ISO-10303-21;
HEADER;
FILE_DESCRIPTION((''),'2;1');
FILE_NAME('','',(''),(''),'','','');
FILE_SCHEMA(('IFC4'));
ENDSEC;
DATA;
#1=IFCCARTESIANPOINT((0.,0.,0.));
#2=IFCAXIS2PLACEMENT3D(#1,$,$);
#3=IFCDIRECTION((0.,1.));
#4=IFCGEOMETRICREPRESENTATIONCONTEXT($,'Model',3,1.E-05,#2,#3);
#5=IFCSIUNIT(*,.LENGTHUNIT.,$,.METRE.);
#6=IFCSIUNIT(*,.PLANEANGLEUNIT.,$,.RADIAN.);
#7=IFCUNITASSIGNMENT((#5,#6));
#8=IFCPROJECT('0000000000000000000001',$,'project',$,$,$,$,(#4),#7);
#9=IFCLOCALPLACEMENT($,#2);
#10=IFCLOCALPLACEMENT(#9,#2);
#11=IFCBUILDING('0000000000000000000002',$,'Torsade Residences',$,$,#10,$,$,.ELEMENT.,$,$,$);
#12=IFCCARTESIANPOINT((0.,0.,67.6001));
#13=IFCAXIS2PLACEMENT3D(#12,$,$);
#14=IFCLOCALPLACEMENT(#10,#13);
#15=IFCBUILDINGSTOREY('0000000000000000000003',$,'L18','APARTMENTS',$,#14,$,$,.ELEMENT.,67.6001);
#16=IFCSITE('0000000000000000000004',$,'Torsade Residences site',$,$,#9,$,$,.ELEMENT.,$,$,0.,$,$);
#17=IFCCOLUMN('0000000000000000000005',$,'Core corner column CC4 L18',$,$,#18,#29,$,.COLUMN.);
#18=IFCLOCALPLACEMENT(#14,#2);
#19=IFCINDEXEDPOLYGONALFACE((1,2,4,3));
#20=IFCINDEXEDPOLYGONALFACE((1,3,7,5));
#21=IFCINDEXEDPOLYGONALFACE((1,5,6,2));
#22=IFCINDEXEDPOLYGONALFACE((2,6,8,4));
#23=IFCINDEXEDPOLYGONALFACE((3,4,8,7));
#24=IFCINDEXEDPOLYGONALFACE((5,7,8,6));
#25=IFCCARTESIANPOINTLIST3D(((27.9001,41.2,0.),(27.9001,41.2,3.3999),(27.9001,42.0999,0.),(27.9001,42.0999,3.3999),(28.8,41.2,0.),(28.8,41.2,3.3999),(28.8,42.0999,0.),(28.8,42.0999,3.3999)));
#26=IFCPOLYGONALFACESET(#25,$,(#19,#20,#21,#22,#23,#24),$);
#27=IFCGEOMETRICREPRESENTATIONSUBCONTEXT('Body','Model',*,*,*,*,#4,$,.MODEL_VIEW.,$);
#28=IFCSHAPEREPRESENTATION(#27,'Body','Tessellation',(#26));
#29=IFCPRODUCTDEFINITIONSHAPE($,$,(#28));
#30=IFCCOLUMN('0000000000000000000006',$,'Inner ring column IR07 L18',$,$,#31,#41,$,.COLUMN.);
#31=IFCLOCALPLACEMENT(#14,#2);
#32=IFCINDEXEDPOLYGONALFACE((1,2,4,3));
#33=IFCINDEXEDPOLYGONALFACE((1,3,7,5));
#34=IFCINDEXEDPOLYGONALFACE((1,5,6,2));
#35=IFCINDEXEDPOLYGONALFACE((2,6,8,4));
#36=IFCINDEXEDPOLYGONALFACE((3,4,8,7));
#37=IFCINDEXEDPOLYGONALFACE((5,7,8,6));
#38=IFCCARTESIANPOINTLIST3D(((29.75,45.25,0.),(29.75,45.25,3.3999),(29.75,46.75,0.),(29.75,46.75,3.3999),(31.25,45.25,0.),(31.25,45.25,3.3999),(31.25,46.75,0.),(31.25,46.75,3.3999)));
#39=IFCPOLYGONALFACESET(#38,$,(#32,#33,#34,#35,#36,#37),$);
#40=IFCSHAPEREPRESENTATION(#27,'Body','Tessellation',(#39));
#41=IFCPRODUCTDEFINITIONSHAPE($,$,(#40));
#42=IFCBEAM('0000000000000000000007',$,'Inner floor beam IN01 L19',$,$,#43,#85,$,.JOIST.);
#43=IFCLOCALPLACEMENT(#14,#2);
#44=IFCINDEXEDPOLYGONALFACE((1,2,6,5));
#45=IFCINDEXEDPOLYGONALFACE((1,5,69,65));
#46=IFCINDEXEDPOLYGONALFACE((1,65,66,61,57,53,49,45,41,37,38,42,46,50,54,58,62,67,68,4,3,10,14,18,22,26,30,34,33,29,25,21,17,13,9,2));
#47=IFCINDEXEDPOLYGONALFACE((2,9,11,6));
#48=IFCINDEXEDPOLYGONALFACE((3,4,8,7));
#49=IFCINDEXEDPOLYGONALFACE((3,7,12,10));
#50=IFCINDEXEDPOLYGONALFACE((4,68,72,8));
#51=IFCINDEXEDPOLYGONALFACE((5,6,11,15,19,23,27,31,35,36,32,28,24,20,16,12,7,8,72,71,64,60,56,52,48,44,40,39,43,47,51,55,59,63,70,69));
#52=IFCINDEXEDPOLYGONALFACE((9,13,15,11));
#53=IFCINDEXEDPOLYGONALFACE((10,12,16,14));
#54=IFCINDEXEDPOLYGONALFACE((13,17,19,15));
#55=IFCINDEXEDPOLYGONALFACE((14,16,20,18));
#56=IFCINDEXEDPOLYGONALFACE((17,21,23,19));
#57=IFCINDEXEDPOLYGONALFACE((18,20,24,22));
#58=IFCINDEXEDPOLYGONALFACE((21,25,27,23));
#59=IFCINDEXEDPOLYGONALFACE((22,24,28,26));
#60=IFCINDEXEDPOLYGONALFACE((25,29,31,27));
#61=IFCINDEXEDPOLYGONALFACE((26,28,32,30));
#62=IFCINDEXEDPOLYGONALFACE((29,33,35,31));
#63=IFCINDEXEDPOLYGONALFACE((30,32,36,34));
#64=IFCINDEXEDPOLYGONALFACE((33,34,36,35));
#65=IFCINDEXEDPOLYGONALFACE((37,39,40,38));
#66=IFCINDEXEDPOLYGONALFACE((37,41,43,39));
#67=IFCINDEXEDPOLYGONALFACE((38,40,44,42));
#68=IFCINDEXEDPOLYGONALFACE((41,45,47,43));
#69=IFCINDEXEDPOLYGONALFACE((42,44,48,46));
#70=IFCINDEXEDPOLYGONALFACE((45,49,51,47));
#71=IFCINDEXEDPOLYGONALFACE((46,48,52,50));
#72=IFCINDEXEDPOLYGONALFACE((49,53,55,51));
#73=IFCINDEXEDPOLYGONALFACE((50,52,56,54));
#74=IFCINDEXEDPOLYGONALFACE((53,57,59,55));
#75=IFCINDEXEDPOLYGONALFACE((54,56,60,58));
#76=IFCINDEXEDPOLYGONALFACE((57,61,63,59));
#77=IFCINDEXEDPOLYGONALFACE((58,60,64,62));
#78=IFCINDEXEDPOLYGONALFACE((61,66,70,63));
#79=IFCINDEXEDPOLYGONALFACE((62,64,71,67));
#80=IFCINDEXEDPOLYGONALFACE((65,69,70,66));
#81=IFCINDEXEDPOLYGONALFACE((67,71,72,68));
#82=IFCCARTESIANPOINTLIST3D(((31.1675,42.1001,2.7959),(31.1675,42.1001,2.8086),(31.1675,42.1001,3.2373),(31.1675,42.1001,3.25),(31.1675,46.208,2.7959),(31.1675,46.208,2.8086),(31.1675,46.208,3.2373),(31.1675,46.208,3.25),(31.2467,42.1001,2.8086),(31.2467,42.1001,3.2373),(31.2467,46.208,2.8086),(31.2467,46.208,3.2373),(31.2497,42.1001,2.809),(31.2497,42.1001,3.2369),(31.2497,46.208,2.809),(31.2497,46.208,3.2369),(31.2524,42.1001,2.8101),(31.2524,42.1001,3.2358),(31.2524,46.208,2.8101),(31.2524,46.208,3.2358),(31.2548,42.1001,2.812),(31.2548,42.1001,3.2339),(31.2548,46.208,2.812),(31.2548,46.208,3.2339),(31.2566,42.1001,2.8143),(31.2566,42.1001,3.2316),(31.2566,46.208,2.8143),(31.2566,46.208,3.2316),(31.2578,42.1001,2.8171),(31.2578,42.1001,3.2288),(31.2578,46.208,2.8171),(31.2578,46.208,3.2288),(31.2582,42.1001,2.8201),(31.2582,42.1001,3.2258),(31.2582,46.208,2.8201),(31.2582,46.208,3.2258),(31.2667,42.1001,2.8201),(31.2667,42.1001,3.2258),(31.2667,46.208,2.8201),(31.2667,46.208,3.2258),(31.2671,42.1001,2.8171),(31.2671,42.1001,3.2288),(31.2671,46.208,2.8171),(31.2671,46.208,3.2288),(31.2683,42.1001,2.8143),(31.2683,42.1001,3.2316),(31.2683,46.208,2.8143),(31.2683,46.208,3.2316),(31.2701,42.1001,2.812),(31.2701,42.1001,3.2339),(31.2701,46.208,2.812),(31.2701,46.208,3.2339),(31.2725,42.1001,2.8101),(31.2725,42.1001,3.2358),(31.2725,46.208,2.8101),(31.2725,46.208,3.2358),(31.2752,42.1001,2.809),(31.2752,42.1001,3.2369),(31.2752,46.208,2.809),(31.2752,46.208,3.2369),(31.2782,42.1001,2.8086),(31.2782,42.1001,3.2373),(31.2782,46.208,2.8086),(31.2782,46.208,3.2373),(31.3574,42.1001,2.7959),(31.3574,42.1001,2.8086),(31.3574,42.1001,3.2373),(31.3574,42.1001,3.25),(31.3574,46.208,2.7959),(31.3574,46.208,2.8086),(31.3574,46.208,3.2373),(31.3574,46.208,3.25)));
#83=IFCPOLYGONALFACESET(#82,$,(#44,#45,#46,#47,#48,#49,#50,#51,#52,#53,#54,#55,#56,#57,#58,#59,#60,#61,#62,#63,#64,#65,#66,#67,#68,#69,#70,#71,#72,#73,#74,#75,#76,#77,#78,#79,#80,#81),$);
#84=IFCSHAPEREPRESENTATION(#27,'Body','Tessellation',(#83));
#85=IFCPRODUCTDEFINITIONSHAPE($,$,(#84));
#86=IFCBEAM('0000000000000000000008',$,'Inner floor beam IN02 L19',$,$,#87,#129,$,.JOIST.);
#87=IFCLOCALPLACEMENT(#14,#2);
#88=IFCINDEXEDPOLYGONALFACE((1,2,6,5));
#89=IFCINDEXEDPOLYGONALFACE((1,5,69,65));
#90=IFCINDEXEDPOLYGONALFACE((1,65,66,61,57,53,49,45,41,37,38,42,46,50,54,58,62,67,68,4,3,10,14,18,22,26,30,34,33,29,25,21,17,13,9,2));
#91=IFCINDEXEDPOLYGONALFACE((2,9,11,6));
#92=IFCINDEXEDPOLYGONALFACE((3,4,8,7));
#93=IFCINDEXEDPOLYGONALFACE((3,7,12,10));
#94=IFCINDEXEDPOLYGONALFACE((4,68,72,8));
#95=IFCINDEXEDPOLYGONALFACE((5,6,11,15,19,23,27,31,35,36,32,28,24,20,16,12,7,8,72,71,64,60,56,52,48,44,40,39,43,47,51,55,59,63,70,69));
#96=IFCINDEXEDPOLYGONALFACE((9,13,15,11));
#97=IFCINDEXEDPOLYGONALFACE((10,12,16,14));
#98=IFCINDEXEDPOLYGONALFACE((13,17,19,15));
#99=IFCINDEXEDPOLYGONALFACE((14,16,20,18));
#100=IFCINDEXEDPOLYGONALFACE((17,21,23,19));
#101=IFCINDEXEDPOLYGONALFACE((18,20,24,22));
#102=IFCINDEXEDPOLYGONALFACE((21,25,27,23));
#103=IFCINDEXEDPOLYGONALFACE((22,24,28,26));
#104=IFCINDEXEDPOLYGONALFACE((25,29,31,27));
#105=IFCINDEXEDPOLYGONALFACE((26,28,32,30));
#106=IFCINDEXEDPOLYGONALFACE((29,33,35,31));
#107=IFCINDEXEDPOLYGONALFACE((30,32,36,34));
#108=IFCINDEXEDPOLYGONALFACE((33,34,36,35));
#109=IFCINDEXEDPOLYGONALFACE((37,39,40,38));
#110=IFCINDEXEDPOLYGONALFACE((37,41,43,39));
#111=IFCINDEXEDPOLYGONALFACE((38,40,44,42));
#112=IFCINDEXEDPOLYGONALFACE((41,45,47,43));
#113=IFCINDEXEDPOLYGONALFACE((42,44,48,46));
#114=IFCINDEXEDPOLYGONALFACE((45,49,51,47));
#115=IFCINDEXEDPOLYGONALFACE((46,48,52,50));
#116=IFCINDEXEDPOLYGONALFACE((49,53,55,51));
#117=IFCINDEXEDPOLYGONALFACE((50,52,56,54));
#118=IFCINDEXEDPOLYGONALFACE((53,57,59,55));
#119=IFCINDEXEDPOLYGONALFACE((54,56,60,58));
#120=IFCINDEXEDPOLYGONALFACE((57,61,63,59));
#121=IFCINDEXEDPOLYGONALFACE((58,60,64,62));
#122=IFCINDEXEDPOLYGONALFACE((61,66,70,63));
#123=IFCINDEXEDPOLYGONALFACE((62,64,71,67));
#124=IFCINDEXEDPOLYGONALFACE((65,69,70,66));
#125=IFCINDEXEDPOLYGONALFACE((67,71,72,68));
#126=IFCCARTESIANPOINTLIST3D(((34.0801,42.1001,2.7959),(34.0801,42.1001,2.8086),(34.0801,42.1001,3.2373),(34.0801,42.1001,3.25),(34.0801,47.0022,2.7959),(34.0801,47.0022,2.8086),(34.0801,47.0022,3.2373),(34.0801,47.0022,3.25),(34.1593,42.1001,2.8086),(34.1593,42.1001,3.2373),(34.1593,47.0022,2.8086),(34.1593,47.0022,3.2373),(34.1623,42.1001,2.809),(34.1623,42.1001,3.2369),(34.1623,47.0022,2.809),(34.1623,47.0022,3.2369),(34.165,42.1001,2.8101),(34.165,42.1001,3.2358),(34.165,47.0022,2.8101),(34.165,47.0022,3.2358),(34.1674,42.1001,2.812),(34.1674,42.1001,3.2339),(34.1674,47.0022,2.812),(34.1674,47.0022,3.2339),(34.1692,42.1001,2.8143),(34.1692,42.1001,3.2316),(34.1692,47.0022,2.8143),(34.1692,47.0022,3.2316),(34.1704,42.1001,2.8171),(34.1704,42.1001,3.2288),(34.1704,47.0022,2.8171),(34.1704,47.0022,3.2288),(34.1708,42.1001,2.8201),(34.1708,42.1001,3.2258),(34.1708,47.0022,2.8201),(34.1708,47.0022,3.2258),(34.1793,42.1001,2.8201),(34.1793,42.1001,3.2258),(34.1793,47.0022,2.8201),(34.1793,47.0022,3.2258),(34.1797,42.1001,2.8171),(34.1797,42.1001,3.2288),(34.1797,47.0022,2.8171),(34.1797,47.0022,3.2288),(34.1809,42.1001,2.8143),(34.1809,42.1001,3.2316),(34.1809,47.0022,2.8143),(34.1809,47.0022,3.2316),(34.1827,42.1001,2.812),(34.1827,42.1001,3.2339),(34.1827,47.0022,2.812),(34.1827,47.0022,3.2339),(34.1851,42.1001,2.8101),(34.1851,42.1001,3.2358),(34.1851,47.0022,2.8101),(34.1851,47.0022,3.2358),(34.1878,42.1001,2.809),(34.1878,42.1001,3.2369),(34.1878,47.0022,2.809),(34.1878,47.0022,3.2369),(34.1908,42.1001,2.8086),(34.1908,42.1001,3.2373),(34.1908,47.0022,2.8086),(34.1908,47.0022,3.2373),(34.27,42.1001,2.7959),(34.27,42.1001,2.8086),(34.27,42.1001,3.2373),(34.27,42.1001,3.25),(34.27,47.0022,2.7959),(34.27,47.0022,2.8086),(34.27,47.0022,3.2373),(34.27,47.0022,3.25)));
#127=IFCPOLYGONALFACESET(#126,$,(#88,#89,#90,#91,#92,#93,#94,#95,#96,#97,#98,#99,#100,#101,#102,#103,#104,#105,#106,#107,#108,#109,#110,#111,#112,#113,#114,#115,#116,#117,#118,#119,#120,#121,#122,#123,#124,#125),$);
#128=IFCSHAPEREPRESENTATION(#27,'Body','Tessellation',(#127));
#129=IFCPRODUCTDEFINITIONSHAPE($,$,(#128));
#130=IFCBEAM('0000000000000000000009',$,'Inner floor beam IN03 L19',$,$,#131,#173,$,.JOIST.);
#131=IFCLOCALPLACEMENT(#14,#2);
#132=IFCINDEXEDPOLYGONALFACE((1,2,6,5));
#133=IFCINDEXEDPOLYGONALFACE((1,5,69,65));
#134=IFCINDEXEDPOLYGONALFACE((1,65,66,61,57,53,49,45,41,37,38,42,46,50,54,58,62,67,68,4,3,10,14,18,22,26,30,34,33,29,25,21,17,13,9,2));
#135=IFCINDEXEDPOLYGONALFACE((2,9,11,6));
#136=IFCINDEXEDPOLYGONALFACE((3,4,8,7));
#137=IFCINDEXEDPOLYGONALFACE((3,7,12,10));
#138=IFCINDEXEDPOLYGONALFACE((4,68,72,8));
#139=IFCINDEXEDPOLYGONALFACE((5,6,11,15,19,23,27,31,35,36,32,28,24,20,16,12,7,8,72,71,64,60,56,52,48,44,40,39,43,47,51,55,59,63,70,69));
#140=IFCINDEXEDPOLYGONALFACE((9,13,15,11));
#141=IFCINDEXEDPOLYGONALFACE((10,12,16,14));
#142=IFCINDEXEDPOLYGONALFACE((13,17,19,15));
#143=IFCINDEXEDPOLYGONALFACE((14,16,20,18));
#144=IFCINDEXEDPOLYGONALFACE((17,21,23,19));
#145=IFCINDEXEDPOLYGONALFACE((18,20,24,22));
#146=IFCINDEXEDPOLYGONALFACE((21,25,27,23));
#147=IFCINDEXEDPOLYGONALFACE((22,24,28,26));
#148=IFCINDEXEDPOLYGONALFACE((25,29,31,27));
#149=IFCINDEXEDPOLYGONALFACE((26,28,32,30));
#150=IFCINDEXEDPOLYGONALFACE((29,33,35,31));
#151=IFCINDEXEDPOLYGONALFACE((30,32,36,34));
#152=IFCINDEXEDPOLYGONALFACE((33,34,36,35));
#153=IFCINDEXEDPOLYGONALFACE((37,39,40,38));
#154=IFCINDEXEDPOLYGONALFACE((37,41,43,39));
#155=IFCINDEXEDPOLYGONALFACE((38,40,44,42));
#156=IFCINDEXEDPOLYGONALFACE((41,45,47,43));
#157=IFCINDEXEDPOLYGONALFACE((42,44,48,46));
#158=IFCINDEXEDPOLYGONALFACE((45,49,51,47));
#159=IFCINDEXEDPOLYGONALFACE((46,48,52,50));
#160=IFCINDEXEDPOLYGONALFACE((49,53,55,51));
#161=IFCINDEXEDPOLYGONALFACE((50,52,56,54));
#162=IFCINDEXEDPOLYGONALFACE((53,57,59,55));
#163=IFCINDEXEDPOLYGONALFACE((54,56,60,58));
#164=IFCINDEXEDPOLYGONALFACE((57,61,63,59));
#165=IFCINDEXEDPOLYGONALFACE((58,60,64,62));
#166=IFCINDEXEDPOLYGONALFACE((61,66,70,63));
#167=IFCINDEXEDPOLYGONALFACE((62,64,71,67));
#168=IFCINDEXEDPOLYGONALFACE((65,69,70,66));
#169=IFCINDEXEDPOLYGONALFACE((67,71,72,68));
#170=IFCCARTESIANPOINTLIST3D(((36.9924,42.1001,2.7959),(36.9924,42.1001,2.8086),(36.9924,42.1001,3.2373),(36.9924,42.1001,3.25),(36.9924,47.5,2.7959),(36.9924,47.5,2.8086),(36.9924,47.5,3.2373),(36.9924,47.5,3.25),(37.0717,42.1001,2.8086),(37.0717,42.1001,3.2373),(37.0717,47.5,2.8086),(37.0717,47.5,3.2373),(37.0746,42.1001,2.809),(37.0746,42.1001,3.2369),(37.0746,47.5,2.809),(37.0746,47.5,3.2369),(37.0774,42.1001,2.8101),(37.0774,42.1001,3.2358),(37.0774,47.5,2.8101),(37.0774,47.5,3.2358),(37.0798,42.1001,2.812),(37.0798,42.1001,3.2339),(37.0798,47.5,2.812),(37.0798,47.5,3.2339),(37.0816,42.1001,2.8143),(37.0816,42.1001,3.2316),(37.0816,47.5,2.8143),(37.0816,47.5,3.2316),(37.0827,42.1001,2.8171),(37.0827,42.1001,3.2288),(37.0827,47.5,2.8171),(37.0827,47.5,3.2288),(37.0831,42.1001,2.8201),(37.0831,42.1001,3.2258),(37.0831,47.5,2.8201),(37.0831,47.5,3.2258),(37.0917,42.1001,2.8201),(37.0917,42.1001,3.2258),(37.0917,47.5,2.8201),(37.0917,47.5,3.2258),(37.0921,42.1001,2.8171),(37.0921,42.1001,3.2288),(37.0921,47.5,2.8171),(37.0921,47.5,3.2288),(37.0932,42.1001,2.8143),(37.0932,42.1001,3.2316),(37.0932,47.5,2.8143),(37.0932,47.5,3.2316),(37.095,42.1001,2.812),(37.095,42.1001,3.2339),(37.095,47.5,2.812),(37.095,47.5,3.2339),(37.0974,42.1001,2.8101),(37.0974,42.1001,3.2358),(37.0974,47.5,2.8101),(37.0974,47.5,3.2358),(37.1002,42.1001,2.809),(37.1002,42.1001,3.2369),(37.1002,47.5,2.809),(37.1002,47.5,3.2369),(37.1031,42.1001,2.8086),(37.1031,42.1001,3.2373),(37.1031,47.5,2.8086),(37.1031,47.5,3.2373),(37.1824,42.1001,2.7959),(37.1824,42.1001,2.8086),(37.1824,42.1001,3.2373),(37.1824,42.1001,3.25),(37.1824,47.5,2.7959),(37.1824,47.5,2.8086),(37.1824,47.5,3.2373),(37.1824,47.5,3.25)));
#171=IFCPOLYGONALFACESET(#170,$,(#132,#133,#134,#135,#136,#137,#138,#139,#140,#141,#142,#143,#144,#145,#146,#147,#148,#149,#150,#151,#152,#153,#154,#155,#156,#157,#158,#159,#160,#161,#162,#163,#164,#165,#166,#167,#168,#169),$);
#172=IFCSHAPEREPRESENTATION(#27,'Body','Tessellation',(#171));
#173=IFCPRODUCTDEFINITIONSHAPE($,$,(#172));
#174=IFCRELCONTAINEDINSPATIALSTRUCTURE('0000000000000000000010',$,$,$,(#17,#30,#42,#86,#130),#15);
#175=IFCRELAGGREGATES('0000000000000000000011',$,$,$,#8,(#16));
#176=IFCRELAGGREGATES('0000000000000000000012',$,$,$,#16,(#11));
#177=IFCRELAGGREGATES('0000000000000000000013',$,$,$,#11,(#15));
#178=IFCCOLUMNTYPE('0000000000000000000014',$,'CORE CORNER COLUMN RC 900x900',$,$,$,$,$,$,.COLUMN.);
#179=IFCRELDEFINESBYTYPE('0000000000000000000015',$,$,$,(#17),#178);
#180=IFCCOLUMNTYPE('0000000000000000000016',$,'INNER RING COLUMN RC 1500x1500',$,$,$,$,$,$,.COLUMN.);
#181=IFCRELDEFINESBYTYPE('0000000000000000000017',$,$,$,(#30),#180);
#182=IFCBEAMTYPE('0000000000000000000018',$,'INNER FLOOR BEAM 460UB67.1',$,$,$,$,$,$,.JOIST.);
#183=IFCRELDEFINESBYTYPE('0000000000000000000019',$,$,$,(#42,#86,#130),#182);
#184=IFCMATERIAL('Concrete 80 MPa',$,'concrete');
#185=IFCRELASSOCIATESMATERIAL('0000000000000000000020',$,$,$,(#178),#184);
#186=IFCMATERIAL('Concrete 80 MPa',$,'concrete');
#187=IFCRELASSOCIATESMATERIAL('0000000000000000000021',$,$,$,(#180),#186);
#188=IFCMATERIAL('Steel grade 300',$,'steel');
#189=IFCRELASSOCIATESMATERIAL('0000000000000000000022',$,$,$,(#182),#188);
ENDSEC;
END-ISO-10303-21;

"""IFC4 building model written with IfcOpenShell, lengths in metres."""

from ifc_helpers import new_model, si_unit, direction, frame, origin, origin_2d, place, context, subcontext, project, spatial, rectangle, i_section, extrude, material, material_profile, profile_set, type_object, element, save


model = new_model("IFC4")

# Units and contexts
model_context = context("Model", 3, precision=1e-05, world=origin(), true_north=direction((0.0, 1.0)))
body_context = subcontext(model_context, "Body", "Model", "MODEL_VIEW")
ifc_project = project(units=[si_unit("LENGTHUNIT", "METRE"), si_unit("PLANEANGLEUNIT", "RADIAN")], contexts=[model_context])

# Site, building, storey
site_placement = place(None, origin())
site = spatial("IfcSite", under=ifc_project, at=site_placement, Name="Torsade Residences site", CompositionType="ELEMENT", RefElevation=0.0)
building_placement = place(site_placement, origin())
building = spatial("IfcBuilding", under=site, at=building_placement, Name="Torsade Residences", CompositionType="ELEMENT")
storey_placement = place(building_placement, frame((0.0, 0.0, 67.6001)))
storey = spatial("IfcBuildingStorey", under=building, at=storey_placement, Name="L18", Description="APARTMENTS", CompositionType="ELEMENT", Elevation=67.6001)

# Columns
ifc_material_1 = material(Name="Concrete 80 MPa", Category="concrete")
ifc_material_profile_1 = material_profile(ifc_material_1, rectangle(XDim=0.8999, YDim=0.8999, at=origin_2d()), Name="RC 900x900")
ifc_profile_set_1 = profile_set([ifc_material_profile_1], Name="Concrete 80 MPa")
column_type_1 = type_object("IfcColumnType", Name="CORE CORNER COLUMN RC 900x900", PredefinedType="COLUMN", material=ifc_profile_set_1)
column_1_placement = place(storey_placement, frame((28.3501, 41.6499, 0.0), z_axis=(0.0, 0.0, 1.0), x_axis=(1.0, 0.0, 0.0)))
element("IfcColumn", 1, at=column_1_placement, inside=storey, type_object=column_type_1, Name="Core corner column CC4 L18", PredefinedType="COLUMN", context=body_context, shape_type="SweptSolid", body=[
    extrude(rectangle(XDim=0.8999, YDim=0.8999, at=origin_2d()), origin(), (0.0, 0.0, 1.0), 3.3999),
])
ifc_material_2 = material(Name="Concrete 80 MPa", Category="concrete")
ifc_material_profile_2 = material_profile(ifc_material_2, rectangle(XDim=1.5, YDim=1.5, at=origin_2d()), Name="RC 1500x1500")
ifc_profile_set_2 = profile_set([ifc_material_profile_2], Name="Concrete 80 MPa")
column_type_2 = type_object("IfcColumnType", Name="INNER RING COLUMN RC 1500x1500", PredefinedType="COLUMN", material=ifc_profile_set_2)
column_2_placement = place(storey_placement, frame((30.5, 46.0, 0.0), z_axis=(0.0, 0.0, 1.0), x_axis=(1.0, 0.0, 0.0)))
element("IfcColumn", 2, at=column_2_placement, inside=storey, type_object=column_type_2, Name="Inner ring column IR07 L18", PredefinedType="COLUMN", context=body_context, shape_type="SweptSolid", body=[
    extrude(rectangle(XDim=1.5, YDim=1.5, at=origin_2d()), origin(), (0.0, 0.0, 1.0), 3.3999),
])

# Beams
ifc_material_3 = material(Name="Steel grade 300", Category="steel")
ifc_material_profile_3 = material_profile(ifc_material_3, i_section(OverallWidth=0.1899, OverallDepth=0.4541, WebThickness=0.0085, FlangeThickness=0.0127, FilletRadius=0.0115, at=origin_2d()), Name="460UB67.1")
ifc_profile_set_3 = profile_set([ifc_material_profile_3], Name="Steel grade 300")
beam_type_1 = type_object("IfcBeamType", Name="INNER FLOOR BEAM 460UB67.1", PredefinedType="JOIST", material=ifc_profile_set_3)
beam_1_placement = place(storey_placement, frame((31.2625, 42.1001, 3.0229), z_axis=(0.0, 1.0, 0.0), x_axis=(-1.0, 0.0, 0.0)))
element("IfcBeam", 3, at=beam_1_placement, inside=storey, type_object=beam_type_1, Name="Inner floor beam IN01 L19", PredefinedType="JOIST", context=body_context, shape_type="SweptSolid", body=[
    extrude(i_section(OverallWidth=0.1899, OverallDepth=0.4541, WebThickness=0.0085, FlangeThickness=0.0127, FilletRadius=0.0115, at=origin_2d()), origin(), (0.0, 0.0, 1.0), 4.1079),
])
beam_2_placement = place(storey_placement, frame((34.175, 42.1001, 3.0229), z_axis=(0.0, 1.0, 0.0), x_axis=(-1.0, 0.0, 0.0)))
element("IfcBeam", 4, at=beam_2_placement, inside=storey, type_object=beam_type_1, Name="Inner floor beam IN02 L19", PredefinedType="JOIST", context=body_context, shape_type="SweptSolid", body=[
    extrude(i_section(OverallWidth=0.1899, OverallDepth=0.4541, WebThickness=0.0085, FlangeThickness=0.0127, FilletRadius=0.0115, at=origin_2d()), origin(), (0.0, 0.0, 1.0), 4.9021),
])
beam_3_placement = place(storey_placement, frame((37.0874, 42.1001, 3.0229), z_axis=(0.0, 1.0, 0.0), x_axis=(-1.0, 0.0, 0.0)))
element("IfcBeam", 5, at=beam_3_placement, inside=storey, type_object=beam_type_1, Name="Inner floor beam IN03 L19", PredefinedType="JOIST", context=body_context, shape_type="SweptSolid", body=[
    extrude(i_section(OverallWidth=0.1899, OverallDepth=0.4541, WebThickness=0.0085, FlangeThickness=0.0127, FilletRadius=0.0115, at=origin_2d()), origin(), (0.0, 0.0, 1.0), 5.3999),
])

save(model, "model.ifc")
